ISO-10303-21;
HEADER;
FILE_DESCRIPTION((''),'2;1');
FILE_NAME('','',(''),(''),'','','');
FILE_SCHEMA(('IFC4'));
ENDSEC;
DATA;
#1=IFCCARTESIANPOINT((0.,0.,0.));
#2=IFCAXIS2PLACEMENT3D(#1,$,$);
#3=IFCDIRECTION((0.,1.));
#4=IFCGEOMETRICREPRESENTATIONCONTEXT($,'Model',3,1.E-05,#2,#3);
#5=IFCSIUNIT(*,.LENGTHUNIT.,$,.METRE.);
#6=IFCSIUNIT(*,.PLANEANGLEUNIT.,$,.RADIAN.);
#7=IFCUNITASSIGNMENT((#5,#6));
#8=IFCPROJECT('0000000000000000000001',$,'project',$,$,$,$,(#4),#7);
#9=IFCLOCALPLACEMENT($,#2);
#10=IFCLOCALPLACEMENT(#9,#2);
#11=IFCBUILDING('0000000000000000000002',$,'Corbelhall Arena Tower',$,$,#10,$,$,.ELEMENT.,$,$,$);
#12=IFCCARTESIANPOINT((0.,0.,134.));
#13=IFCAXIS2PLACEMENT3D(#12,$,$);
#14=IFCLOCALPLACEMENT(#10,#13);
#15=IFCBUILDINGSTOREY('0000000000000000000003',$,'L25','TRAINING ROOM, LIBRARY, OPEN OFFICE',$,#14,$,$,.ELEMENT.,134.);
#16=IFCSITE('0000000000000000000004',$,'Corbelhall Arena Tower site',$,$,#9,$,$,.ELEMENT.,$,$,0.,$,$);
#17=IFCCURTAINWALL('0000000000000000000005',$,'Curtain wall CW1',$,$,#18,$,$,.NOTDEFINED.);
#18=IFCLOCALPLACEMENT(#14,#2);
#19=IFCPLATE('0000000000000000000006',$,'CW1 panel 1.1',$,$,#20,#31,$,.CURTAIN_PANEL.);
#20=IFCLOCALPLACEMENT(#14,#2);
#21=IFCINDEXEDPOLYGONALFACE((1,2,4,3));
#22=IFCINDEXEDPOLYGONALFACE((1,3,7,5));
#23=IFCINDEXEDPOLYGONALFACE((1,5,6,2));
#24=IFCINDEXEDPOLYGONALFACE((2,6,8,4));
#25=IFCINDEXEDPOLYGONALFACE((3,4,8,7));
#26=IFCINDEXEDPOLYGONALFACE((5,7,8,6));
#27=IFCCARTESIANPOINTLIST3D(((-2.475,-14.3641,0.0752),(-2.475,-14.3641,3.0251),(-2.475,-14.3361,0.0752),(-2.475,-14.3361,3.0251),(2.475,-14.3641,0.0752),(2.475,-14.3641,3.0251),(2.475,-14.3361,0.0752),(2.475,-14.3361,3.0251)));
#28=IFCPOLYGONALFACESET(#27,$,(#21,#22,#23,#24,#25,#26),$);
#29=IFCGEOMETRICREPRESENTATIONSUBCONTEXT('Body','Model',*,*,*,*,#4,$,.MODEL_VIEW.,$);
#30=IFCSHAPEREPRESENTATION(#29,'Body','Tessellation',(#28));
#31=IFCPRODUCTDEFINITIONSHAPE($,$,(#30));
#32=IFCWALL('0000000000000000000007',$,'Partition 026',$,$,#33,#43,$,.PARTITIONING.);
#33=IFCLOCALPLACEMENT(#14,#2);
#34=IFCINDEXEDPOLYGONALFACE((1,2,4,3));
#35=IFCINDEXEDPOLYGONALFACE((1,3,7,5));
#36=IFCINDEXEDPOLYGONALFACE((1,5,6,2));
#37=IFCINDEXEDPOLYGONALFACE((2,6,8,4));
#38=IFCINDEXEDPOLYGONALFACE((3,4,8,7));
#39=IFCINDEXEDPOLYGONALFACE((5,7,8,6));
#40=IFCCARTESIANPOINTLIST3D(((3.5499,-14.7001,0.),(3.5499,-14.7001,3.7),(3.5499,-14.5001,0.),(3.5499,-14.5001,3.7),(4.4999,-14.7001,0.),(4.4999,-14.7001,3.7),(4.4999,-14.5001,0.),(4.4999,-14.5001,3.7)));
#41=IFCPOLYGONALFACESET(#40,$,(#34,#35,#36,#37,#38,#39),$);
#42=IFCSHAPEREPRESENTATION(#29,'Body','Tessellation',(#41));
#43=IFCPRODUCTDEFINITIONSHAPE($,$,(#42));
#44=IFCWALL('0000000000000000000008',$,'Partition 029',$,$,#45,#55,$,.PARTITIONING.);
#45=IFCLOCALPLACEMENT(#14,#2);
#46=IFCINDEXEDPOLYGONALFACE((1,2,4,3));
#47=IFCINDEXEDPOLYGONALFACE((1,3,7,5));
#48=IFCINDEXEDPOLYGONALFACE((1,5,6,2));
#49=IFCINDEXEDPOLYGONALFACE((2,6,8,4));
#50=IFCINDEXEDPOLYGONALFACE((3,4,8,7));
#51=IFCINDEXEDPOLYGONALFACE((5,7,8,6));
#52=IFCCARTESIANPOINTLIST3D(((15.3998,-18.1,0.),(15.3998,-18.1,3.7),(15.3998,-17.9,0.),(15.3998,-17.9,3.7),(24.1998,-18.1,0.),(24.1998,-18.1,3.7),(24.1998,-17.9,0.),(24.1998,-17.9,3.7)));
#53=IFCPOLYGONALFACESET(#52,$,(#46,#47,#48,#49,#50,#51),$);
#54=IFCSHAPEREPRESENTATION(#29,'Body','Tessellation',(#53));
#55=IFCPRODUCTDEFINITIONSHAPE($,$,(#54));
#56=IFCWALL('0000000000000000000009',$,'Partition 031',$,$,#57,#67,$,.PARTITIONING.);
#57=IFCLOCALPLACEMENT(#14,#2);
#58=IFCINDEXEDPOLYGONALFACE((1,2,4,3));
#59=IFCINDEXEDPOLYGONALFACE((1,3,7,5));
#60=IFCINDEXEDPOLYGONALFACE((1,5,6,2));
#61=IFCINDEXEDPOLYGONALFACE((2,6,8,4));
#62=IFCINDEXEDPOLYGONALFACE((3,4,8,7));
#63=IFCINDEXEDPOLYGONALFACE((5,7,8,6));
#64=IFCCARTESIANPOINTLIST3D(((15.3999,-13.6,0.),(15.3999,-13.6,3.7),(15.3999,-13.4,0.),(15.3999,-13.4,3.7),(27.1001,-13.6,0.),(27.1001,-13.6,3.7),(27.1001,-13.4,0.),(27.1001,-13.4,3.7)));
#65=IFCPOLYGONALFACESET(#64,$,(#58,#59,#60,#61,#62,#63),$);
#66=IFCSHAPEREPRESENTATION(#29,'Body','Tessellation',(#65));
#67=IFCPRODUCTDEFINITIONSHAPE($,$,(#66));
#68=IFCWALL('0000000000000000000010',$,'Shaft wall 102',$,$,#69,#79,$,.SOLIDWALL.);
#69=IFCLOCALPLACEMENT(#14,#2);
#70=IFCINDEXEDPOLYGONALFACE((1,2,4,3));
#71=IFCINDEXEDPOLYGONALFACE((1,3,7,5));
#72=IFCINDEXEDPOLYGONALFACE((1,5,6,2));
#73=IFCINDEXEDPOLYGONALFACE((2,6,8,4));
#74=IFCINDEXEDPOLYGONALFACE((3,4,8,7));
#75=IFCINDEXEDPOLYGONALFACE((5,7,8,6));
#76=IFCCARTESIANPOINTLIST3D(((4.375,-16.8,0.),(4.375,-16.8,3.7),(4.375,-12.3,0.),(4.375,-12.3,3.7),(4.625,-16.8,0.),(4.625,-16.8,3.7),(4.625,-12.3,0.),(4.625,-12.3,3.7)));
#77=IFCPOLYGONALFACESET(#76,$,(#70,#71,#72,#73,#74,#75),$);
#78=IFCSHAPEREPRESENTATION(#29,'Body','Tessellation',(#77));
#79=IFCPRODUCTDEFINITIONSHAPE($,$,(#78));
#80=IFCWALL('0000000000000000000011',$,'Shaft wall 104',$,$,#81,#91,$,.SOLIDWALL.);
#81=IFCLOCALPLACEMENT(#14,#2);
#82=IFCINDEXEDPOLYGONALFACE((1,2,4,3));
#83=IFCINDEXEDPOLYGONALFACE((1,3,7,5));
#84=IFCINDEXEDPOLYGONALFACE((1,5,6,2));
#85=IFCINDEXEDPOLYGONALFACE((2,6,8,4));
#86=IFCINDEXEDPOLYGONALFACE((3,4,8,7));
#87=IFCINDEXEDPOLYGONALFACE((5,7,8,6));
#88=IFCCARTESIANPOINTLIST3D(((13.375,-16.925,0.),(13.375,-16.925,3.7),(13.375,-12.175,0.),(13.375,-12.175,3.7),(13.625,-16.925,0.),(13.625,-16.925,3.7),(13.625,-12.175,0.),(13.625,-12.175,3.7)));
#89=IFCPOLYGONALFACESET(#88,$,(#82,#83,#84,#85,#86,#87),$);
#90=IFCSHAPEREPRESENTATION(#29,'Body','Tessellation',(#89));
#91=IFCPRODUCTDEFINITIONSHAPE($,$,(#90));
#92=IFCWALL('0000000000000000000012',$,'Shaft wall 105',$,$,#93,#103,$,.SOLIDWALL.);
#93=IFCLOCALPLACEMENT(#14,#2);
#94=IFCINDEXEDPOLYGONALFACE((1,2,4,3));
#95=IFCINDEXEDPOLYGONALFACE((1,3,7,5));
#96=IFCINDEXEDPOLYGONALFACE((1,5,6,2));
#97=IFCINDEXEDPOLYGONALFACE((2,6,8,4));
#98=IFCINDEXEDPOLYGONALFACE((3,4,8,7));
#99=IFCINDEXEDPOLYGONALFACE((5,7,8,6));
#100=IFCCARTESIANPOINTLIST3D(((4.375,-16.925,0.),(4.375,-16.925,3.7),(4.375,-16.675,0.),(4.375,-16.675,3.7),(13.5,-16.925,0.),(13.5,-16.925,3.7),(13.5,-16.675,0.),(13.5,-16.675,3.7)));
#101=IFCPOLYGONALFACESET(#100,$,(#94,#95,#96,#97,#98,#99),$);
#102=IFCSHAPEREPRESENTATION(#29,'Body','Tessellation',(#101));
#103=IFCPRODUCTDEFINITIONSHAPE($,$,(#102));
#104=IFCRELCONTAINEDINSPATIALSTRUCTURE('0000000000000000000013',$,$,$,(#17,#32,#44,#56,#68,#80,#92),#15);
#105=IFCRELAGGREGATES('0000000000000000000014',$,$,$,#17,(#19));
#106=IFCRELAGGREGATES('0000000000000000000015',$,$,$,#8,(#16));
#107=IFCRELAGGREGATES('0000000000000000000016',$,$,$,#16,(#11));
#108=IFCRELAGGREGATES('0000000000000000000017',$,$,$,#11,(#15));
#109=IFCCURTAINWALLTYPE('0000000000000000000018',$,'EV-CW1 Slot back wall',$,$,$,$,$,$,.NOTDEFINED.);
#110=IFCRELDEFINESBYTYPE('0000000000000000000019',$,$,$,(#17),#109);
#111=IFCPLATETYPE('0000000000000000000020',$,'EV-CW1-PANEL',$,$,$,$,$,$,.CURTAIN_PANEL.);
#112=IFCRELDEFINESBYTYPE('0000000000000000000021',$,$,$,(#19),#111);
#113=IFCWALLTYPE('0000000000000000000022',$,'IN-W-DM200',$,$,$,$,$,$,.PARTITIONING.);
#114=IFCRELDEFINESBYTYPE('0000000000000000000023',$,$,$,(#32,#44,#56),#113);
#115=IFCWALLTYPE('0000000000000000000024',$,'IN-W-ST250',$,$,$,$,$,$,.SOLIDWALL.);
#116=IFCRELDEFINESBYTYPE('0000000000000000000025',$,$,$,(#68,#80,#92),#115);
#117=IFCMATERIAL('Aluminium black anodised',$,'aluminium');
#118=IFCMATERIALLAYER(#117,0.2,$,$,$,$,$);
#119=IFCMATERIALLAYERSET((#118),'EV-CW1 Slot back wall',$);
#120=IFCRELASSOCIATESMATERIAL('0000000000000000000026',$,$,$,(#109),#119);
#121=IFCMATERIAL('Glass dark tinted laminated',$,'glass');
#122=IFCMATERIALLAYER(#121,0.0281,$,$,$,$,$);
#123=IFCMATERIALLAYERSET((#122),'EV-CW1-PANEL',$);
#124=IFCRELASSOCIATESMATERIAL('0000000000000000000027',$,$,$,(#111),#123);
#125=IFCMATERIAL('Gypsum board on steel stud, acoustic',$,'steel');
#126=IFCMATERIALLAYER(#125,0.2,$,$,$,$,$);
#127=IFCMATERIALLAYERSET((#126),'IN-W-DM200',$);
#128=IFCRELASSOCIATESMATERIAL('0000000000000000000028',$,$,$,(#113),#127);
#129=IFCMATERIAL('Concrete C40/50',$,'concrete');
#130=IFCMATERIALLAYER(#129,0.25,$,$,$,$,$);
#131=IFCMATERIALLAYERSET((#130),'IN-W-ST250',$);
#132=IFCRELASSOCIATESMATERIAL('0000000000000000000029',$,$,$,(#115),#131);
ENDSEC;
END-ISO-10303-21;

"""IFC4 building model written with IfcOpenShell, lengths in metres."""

from ifc_helpers import new_model, si_unit, direction, frame, frame_2d, origin, origin_2d, place, context, subcontext, project, spatial, rectangle, extrude, material, layer, layer_set, type_object, element, aggregate, save


model = new_model("IFC4")

# Units and contexts
model_context = context("Model", 3, precision=1e-05, world=origin(), true_north=direction((0.0, 1.0)))
body_context = subcontext(model_context, "Body", "Model", "MODEL_VIEW")
ifc_project = project(units=[si_unit("LENGTHUNIT", "METRE"), si_unit("PLANEANGLEUNIT", "RADIAN")], contexts=[model_context])

# Site, building, storey
site_placement = place(None, origin())
site = spatial("IfcSite", under=ifc_project, at=site_placement, Name="Corbelhall Arena Tower site", CompositionType="ELEMENT", RefElevation=0.0)
building_placement = place(site_placement, origin())
building = spatial("IfcBuilding", under=site, at=building_placement, Name="Corbelhall Arena Tower", CompositionType="ELEMENT")
storey_placement = place(building_placement, frame((0.0, 0.0, 134.0)))
storey = spatial("IfcBuildingStorey", under=building, at=storey_placement, Name="L25", Description="TRAINING ROOM, LIBRARY, OPEN OFFICE", CompositionType="ELEMENT", Elevation=134.0)

# Curtain wall
ifc_material_1 = material(Name="Aluminium black anodised", Category="aluminium")
ifc_layer_1 = layer(ifc_material_1, 0.2)
ifc_layer_set_1 = layer_set([ifc_layer_1], Name="EV-CW1 Slot back wall")
curtain_wall_type = type_object("IfcCurtainWallType", Name="EV-CW1 Slot back wall", PredefinedType="NOTDEFINED", material=ifc_layer_set_1)
curtain_wall_placement = place(storey_placement, origin())
curtain_wall = element("IfcCurtainWall", 1, at=curtain_wall_placement, inside=storey, type_object=curtain_wall_type, Name="Curtain wall CW1", PredefinedType="NOTDEFINED")

# Plate
ifc_material_2 = material(Name="Glass dark tinted laminated", Category="glass")
ifc_layer_2 = layer(ifc_material_2, 0.0281)
ifc_layer_set_2 = layer_set([ifc_layer_2], Name="EV-CW1-PANEL")
plate_type = type_object("IfcPlateType", Name="EV-CW1-PANEL", PredefinedType="CURTAIN_PANEL", material=ifc_layer_set_2)
plate_placement = place(storey_placement, frame((0.0, -14.3501, 0.0752), z_axis=(0.0, 0.0, 1.0), x_axis=(1.0, 0.0, 0.0)))
plate = element("IfcPlate", 2, at=plate_placement, type_object=plate_type, Name="CW1 panel 1.1", PredefinedType="CURTAIN_PANEL", context=body_context, shape_type="SweptSolid", body=[
    extrude(rectangle(XDim=4.95, YDim=0.0281, at=origin_2d()), origin(), (0.0, 0.0, 1.0), 2.95),
])
aggregate(curtain_wall, [plate])

# Wall
ifc_material_3 = material(Name="Gypsum board on steel stud, acoustic", Category="steel")
ifc_layer_3 = layer(ifc_material_3, 0.2)
ifc_layer_set_3 = layer_set([ifc_layer_3], Name="IN-W-DM200")
wall_type_1 = type_object("IfcWallType", Name="IN-W-DM200", PredefinedType="PARTITIONING", material=ifc_layer_set_3)
wall_1_placement = place(storey_placement, frame((4.5, -14.6001, 0.0), z_axis=(0.0, 0.0, 1.0), x_axis=(-1.0, 0.0, 0.0)))
element("IfcWall", 3, at=wall_1_placement, inside=storey, type_object=wall_type_1, Name="Partition 026", PredefinedType="PARTITIONING", context=body_context, shape_type="SweptSolid", body=[
    extrude(rectangle(XDim=0.95, YDim=0.2, at=frame_2d((0.4751, 0.0))), origin(), (0.0, 0.0, 1.0), 3.7),
])

# Walls
wall_2_placement = place(storey_placement, frame((15.3999, -18.0, 0.0), z_axis=(0.0, 0.0, 1.0), x_axis=(1.0, 0.0, 0.0)))
element("IfcWall", 4, at=wall_2_placement, inside=storey, type_object=wall_type_1, Name="Partition 029", PredefinedType="PARTITIONING", context=body_context, shape_type="SweptSolid", body=[
    extrude(rectangle(XDim=8.8, YDim=0.2, at=frame_2d((4.3999, 0.0))), origin(), (0.0, 0.0, 1.0), 3.7),
])
wall_3_placement = place(storey_placement, frame((15.3999, -13.5, 0.0), z_axis=(0.0, 0.0, 1.0), x_axis=(1.0, 0.0, 0.0)))
element("IfcWall", 5, at=wall_3_placement, inside=storey, type_object=wall_type_1, Name="Partition 031", PredefinedType="PARTITIONING", context=body_context, shape_type="SweptSolid", body=[
    extrude(rectangle(XDim=11.7002, YDim=0.2, at=frame_2d((5.8501, 0.0))), origin(), (0.0, 0.0, 1.0), 3.7),
])
ifc_material_4 = material(Name="Concrete C40/50", Category="concrete")
ifc_layer_4 = layer(ifc_material_4, 0.25)
ifc_layer_set_4 = layer_set([ifc_layer_4], Name="IN-W-ST250")
wall_type_2 = type_object("IfcWallType", Name="IN-W-ST250", PredefinedType="SOLIDWALL", material=ifc_layer_set_4)
wall_4_placement = place(storey_placement, frame((4.5, -16.8, 0.0), z_axis=(0.0, 0.0, 1.0), x_axis=(0.0, 1.0, 0.0)))
element("IfcWall", 6, at=wall_4_placement, inside=storey, type_object=wall_type_2, Name="Shaft wall 102", PredefinedType="SOLIDWALL", context=body_context, shape_type="SweptSolid", body=[
    extrude(rectangle(XDim=4.5, YDim=0.25, at=frame_2d((2.25, 0.0))), origin(), (0.0, 0.0, 1.0), 3.7),
])
wall_5_placement = place(storey_placement, frame((13.5, -16.925, 0.0), z_axis=(0.0, 0.0, 1.0), x_axis=(0.0, 1.0, 0.0)))
element("IfcWall", 7, at=wall_5_placement, inside=storey, type_object=wall_type_2, Name="Shaft wall 104", PredefinedType="SOLIDWALL", context=body_context, shape_type="SweptSolid", body=[
    extrude(rectangle(XDim=4.75, YDim=0.25, at=frame_2d((2.375, 0.0))), origin(), (0.0, 0.0, 1.0), 3.7),
])
wall_6_placement = place(storey_placement, frame((13.5, -16.8, 0.0), z_axis=(0.0, 0.0, 1.0), x_axis=(-1.0, 0.0, 0.0)))
element("IfcWall", 8, at=wall_6_placement, inside=storey, type_object=wall_type_2, Name="Shaft wall 105", PredefinedType="SOLIDWALL", context=body_context, shape_type="SweptSolid", body=[
    extrude(rectangle(XDim=9.125, YDim=0.25, at=frame_2d((4.5625, 0.0))), origin(), (0.0, 0.0, 1.0), 3.7),
])

save(model, "model.ifc")
